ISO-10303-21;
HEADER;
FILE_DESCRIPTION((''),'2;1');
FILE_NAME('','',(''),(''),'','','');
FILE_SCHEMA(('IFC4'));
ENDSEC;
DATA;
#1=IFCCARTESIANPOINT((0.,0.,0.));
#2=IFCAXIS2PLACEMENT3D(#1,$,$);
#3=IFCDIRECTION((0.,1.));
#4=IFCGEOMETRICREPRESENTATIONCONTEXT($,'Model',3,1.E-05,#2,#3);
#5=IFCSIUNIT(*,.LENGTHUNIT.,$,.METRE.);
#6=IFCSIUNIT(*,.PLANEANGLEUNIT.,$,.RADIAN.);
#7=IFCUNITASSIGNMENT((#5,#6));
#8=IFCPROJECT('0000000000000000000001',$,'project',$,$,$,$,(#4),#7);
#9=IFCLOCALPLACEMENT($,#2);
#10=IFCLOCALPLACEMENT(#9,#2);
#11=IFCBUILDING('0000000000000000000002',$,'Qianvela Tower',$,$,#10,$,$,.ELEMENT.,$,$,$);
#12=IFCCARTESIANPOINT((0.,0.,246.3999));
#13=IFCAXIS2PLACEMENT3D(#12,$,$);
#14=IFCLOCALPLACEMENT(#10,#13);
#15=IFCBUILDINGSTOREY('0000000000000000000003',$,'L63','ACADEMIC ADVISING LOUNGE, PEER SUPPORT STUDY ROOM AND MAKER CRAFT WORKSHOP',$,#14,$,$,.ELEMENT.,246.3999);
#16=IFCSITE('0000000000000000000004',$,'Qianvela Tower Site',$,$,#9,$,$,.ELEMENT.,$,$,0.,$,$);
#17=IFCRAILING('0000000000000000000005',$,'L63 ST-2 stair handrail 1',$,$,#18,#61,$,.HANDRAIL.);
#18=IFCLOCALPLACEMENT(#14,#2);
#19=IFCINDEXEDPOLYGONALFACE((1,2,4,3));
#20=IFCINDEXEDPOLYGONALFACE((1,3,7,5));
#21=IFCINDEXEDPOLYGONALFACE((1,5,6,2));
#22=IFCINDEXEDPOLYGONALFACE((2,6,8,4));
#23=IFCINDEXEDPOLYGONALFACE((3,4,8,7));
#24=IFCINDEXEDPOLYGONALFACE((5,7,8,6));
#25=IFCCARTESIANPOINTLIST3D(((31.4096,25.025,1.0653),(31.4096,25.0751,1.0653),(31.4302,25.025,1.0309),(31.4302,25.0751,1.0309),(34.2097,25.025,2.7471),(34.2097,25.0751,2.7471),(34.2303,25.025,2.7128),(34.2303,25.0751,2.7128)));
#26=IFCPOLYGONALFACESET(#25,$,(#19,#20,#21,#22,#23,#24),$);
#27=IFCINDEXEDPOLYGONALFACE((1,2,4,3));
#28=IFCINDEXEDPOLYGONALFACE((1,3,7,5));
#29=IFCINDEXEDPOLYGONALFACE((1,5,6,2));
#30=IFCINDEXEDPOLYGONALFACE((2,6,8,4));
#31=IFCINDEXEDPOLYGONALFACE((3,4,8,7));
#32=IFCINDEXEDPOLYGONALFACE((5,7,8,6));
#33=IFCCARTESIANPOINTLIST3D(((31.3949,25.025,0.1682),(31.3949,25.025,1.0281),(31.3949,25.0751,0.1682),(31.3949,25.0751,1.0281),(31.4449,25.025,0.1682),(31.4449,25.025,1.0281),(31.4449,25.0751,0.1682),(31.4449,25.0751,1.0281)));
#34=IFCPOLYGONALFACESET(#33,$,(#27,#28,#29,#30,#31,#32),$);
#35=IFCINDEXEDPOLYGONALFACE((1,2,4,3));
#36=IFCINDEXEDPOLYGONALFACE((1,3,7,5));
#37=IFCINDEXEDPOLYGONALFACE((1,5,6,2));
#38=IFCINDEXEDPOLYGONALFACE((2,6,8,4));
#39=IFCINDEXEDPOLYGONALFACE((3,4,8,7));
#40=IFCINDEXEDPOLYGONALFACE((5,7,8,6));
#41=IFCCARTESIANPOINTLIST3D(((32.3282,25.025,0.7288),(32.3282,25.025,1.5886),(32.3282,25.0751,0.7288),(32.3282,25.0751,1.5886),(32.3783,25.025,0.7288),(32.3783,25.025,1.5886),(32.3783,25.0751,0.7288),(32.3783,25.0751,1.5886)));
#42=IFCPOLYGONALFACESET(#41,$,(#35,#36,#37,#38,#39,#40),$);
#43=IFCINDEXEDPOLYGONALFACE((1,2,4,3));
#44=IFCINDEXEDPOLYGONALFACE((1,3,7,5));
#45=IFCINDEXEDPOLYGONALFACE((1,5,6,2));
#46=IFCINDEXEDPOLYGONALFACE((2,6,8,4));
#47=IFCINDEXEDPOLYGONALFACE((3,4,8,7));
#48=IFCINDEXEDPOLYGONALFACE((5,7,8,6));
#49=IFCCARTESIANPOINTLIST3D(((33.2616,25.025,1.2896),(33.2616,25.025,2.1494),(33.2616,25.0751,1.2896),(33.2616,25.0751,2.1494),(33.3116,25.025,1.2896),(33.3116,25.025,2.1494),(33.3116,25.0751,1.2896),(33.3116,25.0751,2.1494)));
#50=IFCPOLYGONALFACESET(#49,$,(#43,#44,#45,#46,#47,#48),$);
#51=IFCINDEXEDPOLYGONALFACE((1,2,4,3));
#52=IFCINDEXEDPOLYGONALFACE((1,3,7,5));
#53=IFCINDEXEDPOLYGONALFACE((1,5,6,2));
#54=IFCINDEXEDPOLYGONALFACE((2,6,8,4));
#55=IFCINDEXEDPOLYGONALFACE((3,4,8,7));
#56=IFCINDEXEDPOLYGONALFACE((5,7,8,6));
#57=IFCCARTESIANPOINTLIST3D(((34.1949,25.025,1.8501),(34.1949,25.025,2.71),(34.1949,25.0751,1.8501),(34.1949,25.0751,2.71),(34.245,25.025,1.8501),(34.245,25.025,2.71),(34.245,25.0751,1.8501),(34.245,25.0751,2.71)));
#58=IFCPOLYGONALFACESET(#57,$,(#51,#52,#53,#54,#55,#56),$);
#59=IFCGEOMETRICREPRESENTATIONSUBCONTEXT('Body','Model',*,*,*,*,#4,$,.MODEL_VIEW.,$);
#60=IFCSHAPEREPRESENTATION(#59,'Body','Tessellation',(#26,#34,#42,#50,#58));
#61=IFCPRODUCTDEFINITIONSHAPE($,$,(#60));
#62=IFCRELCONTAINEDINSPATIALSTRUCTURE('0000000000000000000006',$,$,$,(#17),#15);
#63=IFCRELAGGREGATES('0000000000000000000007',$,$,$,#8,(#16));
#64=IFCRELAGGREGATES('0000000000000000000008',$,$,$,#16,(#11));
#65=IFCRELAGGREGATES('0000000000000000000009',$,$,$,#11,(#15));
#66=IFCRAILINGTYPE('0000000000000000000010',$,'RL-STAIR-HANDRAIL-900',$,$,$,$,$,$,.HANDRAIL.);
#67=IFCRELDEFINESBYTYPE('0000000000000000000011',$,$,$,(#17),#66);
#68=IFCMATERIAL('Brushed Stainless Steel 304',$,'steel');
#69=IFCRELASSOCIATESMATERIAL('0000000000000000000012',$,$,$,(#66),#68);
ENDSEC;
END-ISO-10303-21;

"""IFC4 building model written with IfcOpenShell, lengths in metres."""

from ifc_helpers import new_model, si_unit, direction, frame, origin, origin_2d, place, context, subcontext, project, spatial, rectangle, extrude, material, type_object, element, save


model = new_model("IFC4")

# Units and contexts
model_context = context("Model", 3, precision=1e-05, world=origin(), true_north=direction((0.0, 1.0)))
body_context = subcontext(model_context, "Body", "Model", "MODEL_VIEW")
ifc_project = project(units=[si_unit("LENGTHUNIT", "METRE"), si_unit("PLANEANGLEUNIT", "RADIAN")], contexts=[model_context])

# Site, building, storey
site_placement = place(None, origin())
site = spatial("IfcSite", under=ifc_project, at=site_placement, Name="Qianvela Tower Site", CompositionType="ELEMENT", RefElevation=0.0)
building_placement = place(site_placement, origin())
building = spatial("IfcBuilding", under=site, at=building_placement, Name="Qianvela Tower", CompositionType="ELEMENT")
storey_placement = place(building_placement, frame((0.0, 0.0, 246.3999)))
storey = spatial("IfcBuildingStorey", under=building, at=storey_placement, Name="L63", Description="ACADEMIC ADVISING LOUNGE, PEER SUPPORT STUDY ROOM AND MAKER CRAFT WORKSHOP", CompositionType="ELEMENT", Elevation=246.3999)

# Railing
ifc_material_1 = material(Name="Brushed Stainless Steel 304", Category="steel")
railing_type_1 = type_object("IfcRailingType", Name="RL-STAIR-HANDRAIL-900", PredefinedType="HANDRAIL", material=ifc_material_1)
for number, where, name in (
    (1, (31.4199, 25.05, 0.1682), "L63 ST-2 stair handrail 1"),
):
    element("IfcRailing", number, at=place(storey_placement, frame(where)), inside=storey, type_object=railing_type_1, Name=name, PredefinedType="HANDRAIL", context=body_context, shape_type="SweptSolid", body=[
        extrude(rectangle(XDim=0.05, YDim=0.04, at=origin_2d()), frame((0.0, 0.0, 0.8799), z_axis=(0.857242, 0.0, 0.514913), x_axis=(0.0, 1.0, 0.0)), (0.0, 0.0, 1.0), 3.2664),
        extrude(rectangle(XDim=0.05, YDim=0.05, at=origin_2d()), origin(), (0.0, 0.0, 1.0), 0.8599),
        extrude(rectangle(XDim=0.05, YDim=0.05, at=origin_2d()), frame((0.9333, 0.0, 0.5605)), (0.0, 0.0, 1.0), 0.8599),
        extrude(rectangle(XDim=0.05, YDim=0.05, at=origin_2d()), frame((1.8667, 0.0, 1.1213)), (0.0, 0.0, 1.0), 0.8599),
        extrude(rectangle(XDim=0.05, YDim=0.05, at=origin_2d()), frame((2.8, 0.0, 1.6819)), (0.0, 0.0, 1.0), 0.8599),
    ])

save(model, "model.ifc")
